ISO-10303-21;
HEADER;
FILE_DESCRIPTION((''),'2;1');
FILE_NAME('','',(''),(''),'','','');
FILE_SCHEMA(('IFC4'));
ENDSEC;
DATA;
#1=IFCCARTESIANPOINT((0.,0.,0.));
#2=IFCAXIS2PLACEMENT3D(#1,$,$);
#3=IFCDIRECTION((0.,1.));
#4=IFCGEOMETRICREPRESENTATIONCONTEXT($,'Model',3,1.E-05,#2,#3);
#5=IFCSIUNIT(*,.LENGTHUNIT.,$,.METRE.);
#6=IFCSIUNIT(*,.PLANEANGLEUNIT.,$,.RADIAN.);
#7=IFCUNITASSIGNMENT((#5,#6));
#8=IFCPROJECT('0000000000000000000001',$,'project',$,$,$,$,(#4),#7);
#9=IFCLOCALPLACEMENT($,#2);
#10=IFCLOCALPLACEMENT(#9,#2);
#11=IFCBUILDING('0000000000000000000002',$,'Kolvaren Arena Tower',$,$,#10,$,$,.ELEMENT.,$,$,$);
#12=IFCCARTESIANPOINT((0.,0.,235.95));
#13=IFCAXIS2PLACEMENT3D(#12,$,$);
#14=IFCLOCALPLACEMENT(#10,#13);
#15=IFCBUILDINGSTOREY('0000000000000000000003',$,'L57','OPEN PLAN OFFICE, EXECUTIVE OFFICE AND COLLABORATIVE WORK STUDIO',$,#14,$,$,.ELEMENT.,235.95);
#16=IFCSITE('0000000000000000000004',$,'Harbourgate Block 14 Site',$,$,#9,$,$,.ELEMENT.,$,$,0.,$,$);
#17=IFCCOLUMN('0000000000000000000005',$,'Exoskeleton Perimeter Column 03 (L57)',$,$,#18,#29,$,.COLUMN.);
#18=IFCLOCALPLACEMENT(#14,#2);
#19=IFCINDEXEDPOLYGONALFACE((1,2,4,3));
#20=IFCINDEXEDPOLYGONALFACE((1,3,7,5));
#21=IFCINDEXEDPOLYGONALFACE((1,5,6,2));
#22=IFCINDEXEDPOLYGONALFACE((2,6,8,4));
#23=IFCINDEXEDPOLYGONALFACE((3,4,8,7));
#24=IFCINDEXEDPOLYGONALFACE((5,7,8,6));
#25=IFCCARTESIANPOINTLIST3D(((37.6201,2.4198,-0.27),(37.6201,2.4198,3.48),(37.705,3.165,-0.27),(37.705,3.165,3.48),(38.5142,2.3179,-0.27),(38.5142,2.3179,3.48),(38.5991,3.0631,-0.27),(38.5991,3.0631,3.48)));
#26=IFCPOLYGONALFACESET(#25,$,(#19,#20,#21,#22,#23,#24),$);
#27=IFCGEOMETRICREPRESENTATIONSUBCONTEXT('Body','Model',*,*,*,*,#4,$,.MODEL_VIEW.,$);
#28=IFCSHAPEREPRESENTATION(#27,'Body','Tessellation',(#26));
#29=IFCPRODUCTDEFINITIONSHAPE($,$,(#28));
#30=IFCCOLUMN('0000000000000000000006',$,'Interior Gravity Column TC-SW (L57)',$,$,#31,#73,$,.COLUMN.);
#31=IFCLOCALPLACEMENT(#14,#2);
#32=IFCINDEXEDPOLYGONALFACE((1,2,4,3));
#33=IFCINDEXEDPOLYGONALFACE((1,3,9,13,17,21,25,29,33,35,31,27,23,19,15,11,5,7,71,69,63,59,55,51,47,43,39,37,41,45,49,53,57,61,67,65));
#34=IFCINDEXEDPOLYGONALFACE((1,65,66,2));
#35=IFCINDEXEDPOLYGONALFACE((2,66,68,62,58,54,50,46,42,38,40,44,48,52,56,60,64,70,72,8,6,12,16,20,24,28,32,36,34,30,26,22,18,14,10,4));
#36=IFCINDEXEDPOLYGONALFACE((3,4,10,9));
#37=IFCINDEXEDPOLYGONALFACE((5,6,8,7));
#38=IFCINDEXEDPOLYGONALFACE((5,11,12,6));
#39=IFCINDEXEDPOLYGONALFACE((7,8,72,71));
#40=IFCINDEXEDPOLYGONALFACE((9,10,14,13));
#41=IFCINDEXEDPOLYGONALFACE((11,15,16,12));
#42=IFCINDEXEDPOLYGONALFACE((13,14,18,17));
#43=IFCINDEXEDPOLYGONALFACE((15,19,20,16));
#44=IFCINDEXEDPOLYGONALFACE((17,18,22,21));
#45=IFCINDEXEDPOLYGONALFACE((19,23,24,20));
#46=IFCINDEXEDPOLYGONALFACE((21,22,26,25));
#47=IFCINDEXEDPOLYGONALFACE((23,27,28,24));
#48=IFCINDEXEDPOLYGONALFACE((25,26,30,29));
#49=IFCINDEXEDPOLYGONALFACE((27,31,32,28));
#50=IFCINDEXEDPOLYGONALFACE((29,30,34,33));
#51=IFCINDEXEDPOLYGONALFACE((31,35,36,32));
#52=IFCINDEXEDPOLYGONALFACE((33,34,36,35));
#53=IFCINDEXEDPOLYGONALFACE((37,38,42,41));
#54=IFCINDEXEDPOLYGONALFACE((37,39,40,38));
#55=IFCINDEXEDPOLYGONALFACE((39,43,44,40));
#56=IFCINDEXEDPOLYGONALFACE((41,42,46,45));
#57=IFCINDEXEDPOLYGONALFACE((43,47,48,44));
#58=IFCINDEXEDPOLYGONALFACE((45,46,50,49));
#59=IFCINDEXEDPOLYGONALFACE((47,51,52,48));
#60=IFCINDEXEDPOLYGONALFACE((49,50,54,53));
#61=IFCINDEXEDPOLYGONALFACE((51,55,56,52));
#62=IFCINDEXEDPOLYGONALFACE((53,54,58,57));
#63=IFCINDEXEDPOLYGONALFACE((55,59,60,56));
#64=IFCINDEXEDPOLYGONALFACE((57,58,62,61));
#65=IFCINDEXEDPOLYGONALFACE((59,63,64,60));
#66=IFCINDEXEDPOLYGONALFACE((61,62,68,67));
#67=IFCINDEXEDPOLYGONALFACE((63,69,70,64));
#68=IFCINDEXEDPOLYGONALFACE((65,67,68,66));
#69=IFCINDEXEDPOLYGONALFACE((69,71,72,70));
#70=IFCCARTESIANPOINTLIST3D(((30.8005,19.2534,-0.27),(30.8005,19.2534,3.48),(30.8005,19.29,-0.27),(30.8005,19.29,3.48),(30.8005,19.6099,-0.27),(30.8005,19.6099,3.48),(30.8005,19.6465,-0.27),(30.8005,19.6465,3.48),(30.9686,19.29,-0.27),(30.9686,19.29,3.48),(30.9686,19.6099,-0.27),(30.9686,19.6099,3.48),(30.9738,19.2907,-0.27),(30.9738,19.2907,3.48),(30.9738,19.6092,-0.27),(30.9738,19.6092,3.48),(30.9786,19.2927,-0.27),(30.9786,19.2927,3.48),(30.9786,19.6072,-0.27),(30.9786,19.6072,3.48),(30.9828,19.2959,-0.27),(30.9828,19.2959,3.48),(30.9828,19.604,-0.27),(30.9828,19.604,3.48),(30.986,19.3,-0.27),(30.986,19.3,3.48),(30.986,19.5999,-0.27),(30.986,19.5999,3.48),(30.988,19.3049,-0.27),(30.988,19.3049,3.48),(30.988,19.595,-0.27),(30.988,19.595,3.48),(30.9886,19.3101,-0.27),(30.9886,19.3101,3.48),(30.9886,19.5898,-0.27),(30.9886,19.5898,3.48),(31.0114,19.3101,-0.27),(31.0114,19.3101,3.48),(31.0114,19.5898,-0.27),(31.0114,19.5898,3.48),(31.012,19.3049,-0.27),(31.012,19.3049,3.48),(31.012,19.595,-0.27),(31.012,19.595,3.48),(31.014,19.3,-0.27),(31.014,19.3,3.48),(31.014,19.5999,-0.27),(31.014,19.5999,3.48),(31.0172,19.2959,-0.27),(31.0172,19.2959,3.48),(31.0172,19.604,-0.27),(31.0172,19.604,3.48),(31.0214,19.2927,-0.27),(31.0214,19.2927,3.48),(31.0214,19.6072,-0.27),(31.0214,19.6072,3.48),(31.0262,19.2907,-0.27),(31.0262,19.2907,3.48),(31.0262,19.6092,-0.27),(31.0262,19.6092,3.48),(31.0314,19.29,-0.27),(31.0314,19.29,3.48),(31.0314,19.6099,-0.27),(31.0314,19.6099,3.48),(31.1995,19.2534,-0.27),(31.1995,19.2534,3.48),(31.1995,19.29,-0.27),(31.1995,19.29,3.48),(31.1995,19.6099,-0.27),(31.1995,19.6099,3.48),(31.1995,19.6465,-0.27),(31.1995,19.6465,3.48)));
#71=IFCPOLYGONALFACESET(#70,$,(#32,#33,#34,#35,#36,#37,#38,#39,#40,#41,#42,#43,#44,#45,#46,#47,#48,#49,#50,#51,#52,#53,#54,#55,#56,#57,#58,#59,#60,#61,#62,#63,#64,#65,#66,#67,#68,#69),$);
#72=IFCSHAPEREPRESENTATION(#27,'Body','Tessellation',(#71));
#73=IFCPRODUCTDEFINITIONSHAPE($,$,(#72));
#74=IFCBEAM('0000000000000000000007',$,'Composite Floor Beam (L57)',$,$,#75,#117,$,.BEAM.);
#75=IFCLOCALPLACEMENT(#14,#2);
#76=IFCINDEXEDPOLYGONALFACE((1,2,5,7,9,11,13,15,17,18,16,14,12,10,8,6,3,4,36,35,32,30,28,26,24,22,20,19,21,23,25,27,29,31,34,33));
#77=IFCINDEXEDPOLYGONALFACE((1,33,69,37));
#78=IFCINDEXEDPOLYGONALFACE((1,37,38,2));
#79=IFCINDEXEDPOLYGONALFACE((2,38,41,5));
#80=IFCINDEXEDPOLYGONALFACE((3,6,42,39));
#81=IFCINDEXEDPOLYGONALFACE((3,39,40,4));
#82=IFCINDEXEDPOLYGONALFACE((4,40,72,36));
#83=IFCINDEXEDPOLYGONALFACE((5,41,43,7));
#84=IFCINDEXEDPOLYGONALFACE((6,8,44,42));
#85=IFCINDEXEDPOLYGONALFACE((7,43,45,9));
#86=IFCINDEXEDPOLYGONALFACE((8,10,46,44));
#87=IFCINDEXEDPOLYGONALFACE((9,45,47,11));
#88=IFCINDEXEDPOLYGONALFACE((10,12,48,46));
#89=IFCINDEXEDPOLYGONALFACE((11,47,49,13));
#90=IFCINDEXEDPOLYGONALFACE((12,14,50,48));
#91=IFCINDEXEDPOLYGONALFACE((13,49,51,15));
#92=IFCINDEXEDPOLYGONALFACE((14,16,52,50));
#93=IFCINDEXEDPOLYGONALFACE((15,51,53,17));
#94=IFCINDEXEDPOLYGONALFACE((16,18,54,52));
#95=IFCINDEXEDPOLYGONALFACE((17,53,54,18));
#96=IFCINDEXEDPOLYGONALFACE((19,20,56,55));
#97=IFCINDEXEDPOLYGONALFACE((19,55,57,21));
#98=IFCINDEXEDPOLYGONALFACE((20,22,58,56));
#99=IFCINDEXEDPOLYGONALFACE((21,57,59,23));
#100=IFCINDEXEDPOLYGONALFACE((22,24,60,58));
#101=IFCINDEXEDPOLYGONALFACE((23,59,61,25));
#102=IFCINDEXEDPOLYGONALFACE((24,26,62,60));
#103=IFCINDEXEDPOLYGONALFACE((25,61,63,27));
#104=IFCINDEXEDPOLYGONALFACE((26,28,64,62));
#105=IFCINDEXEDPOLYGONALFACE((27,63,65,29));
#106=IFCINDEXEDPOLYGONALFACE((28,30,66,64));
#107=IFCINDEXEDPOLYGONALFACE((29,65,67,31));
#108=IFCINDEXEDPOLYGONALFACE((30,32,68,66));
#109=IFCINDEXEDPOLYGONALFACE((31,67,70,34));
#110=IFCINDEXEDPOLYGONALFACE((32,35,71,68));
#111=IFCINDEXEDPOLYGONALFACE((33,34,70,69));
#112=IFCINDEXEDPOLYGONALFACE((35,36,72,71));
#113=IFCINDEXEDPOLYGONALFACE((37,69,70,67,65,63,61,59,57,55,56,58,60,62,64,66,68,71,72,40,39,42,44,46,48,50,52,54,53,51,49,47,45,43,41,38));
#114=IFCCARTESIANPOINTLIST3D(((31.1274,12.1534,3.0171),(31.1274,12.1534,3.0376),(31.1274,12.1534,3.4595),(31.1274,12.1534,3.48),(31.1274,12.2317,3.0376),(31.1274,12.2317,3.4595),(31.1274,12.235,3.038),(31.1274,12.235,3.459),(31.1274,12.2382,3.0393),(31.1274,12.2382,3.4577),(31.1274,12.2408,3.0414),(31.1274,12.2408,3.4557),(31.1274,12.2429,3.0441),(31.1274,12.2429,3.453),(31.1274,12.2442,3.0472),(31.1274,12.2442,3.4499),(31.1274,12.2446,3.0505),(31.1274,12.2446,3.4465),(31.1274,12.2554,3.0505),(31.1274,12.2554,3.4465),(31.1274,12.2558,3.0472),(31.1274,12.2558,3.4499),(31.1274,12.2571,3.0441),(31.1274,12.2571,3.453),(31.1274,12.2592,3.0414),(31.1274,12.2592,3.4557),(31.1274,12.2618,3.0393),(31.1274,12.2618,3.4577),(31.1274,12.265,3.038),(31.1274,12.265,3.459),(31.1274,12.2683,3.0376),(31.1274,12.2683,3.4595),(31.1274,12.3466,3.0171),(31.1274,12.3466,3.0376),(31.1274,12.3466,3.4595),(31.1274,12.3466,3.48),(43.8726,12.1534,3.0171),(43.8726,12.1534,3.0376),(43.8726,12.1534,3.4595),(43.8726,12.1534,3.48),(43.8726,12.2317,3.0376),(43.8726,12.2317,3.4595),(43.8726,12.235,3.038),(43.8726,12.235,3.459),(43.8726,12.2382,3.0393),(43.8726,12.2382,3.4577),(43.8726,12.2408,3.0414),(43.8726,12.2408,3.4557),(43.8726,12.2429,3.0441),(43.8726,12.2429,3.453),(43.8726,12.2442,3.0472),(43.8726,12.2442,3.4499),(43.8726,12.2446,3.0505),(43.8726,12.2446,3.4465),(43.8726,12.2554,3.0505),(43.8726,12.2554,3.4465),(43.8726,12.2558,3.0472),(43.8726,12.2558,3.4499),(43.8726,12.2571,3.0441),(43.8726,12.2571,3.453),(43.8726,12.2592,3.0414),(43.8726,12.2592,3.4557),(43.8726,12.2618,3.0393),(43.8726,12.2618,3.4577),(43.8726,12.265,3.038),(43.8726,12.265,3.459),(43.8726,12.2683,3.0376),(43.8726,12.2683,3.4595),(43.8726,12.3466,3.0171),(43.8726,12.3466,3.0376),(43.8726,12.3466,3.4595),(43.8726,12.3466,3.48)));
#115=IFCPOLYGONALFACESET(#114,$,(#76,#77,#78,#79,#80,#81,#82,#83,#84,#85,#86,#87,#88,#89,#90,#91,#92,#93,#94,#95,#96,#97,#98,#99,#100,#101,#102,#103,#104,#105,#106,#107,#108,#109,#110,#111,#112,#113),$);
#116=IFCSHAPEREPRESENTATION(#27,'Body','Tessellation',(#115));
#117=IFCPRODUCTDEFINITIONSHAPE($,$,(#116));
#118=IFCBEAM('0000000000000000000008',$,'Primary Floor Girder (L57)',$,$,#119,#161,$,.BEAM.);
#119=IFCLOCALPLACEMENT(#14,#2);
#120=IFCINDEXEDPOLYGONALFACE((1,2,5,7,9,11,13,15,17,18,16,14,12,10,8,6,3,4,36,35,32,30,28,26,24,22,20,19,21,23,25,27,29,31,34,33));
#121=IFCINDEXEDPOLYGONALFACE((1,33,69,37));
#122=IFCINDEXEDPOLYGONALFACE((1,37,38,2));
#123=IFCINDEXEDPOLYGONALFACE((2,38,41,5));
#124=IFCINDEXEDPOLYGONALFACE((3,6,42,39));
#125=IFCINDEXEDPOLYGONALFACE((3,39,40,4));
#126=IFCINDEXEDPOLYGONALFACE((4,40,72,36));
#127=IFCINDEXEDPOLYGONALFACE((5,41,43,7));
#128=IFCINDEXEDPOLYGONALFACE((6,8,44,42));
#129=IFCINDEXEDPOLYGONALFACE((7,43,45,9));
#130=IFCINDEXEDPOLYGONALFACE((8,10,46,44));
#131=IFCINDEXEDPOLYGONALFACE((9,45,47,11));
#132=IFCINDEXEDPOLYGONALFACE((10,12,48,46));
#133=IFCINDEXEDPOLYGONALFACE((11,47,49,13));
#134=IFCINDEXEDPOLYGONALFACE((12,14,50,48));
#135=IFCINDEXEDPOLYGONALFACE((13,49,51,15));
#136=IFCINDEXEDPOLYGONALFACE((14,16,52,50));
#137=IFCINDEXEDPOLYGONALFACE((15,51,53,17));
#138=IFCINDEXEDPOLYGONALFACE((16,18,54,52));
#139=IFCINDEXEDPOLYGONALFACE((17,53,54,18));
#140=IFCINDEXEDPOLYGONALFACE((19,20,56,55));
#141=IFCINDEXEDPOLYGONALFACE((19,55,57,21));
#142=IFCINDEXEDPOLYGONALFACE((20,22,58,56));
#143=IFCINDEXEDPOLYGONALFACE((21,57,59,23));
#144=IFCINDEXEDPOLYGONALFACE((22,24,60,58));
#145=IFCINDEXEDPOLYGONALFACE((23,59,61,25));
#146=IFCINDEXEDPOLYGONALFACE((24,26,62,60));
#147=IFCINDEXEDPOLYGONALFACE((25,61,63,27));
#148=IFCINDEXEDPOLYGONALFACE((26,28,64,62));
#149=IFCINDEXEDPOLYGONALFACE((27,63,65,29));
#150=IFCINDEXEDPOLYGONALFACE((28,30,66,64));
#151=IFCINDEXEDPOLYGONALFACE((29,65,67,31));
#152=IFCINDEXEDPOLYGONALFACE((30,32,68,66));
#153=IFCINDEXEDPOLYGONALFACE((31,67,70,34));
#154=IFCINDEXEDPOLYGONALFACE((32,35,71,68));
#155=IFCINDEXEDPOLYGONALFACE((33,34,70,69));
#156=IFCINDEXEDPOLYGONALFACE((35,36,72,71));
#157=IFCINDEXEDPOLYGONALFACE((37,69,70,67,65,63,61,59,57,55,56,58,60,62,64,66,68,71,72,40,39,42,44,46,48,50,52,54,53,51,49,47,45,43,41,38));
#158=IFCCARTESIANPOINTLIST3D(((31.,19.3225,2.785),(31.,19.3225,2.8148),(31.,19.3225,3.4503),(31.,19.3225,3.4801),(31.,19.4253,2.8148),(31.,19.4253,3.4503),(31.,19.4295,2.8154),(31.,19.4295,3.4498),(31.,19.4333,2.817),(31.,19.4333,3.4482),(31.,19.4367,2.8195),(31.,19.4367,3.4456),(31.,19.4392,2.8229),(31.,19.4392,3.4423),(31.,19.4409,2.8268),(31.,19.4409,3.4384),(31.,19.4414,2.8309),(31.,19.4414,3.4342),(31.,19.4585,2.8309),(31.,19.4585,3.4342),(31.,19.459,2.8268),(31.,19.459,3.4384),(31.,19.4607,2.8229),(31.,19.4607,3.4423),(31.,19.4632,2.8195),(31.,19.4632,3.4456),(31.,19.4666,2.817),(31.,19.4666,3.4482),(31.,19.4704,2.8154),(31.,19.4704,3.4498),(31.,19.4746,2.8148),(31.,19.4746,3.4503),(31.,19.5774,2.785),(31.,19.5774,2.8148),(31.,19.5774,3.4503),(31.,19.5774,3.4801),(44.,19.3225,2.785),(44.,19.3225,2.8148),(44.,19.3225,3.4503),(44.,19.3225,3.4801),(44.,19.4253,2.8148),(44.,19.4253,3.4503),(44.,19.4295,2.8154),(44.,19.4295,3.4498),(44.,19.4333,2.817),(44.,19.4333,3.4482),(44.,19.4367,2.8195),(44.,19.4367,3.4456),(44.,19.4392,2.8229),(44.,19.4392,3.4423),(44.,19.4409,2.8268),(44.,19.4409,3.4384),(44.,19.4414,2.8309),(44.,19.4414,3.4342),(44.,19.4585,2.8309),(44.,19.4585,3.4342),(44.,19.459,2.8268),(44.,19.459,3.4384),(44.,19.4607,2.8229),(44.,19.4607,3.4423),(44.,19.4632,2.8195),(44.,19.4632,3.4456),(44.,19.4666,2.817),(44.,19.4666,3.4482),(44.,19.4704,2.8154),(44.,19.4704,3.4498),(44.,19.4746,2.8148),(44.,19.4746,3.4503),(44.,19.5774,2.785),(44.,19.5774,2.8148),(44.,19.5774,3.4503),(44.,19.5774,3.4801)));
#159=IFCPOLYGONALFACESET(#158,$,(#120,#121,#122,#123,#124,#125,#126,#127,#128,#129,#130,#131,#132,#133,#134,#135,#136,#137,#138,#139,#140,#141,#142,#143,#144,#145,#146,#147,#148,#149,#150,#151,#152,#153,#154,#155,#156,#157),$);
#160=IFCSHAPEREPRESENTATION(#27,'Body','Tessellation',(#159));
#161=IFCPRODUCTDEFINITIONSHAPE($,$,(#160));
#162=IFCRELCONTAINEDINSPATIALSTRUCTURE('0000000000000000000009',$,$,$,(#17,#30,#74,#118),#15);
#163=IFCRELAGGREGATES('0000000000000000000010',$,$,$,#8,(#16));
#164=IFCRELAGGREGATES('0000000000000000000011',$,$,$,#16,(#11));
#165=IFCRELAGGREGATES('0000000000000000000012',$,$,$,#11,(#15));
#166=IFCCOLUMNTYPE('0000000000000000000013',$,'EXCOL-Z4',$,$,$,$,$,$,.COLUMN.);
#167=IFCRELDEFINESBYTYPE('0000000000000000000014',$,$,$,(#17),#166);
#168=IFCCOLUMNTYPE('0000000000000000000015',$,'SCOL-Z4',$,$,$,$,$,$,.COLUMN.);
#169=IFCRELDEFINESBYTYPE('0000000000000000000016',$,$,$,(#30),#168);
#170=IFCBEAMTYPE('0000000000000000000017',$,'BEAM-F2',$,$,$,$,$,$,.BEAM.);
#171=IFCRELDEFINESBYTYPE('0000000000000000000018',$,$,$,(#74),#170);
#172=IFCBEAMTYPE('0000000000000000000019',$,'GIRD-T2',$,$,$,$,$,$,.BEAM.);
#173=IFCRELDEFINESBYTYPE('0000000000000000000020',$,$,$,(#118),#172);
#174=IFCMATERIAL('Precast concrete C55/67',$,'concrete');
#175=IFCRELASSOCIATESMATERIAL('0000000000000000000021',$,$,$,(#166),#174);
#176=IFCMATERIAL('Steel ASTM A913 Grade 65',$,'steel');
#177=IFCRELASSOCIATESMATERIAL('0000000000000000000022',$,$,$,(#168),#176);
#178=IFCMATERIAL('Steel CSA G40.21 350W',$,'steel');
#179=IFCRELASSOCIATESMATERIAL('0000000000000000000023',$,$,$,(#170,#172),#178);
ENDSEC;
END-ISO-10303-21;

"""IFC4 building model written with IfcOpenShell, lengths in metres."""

from ifc_helpers import new_model, si_unit, direction, frame, origin, origin_2d, place, context, subcontext, project, spatial, rectangle, i_section, extrude, material, material_profile, profile_set, type_object, element, save


model = new_model("IFC4")

# Units and contexts
model_context = context("Model", 3, precision=1e-05, world=origin(), true_north=direction((0.0, 1.0)))
body_context = subcontext(model_context, "Body", "Model", "MODEL_VIEW")
ifc_project = project(units=[si_unit("LENGTHUNIT", "METRE"), si_unit("PLANEANGLEUNIT", "RADIAN")], contexts=[model_context])

# Site, building, storey
site_placement = place(None, origin())
site = spatial("IfcSite", under=ifc_project, at=site_placement, Name="Harbourgate Block 14 Site", CompositionType="ELEMENT", RefElevation=0.0)
building_placement = place(site_placement, origin())
building = spatial("IfcBuilding", under=site, at=building_placement, Name="Kolvaren Arena Tower", CompositionType="ELEMENT")
storey_placement = place(building_placement, frame((0.0, 0.0, 235.95)))
storey = spatial("IfcBuildingStorey", under=building, at=storey_placement, Name="L57", Description="OPEN PLAN OFFICE, EXECUTIVE OFFICE AND COLLABORATIVE WORK STUDIO", CompositionType="ELEMENT", Elevation=235.95)

# Columns
ifc_material_1 = material(Name="Precast concrete C55/67", Category="concrete")
ifc_material_profile_1 = material_profile(ifc_material_1, rectangle(XDim=0.8999, YDim=0.75, at=origin_2d()), Name="RC-900x750")
ifc_profile_set_1 = profile_set([ifc_material_profile_1], Name="Precast concrete C55/67")
column_type_1 = type_object("IfcColumnType", Name="EXCOL-Z4", PredefinedType="COLUMN", material=ifc_profile_set_1)
column_1_placement = place(storey_placement, frame((38.1096, 2.7415, -0.27), z_axis=(0.0, 0.0, 1.0), x_axis=(0.993572, -0.113203, 0.0)))
element("IfcColumn", 1, at=column_1_placement, inside=storey, type_object=column_type_1, Name="Exoskeleton Perimeter Column 03 (L57)", PredefinedType="COLUMN", context=body_context, shape_type="SweptSolid", body=[
    extrude(rectangle(XDim=0.8999, YDim=0.75, at=origin_2d()), origin(), (0.0, 0.0, 1.0), 3.75),
])
ifc_material_2 = material(Name="Steel ASTM A913 Grade 65", Category="steel")
ifc_material_profile_2 = material_profile(ifc_material_2, i_section(OverallWidth=0.3989, OverallDepth=0.3931, WebThickness=0.0227, FlangeThickness=0.0366, FilletRadius=0.02, at=origin_2d()), Name="W360x287")
ifc_profile_set_2 = profile_set([ifc_material_profile_2], Name="Steel ASTM A913 Grade 65")
column_type_2 = type_object("IfcColumnType", Name="SCOL-Z4", PredefinedType="COLUMN", material=ifc_profile_set_2)
column_2_placement = place(storey_placement, frame((31.0, 19.45, -0.27), z_axis=(0.0, 0.0, 1.0), x_axis=(1.0, 0.0, 0.0)))
element("IfcColumn", 2, at=column_2_placement, inside=storey, type_object=column_type_2, Name="Interior Gravity Column TC-SW (L57)", PredefinedType="COLUMN", context=body_context, shape_type="SweptSolid", body=[
    extrude(i_section(OverallWidth=0.3989, OverallDepth=0.3931, WebThickness=0.0227, FlangeThickness=0.0366, FilletRadius=0.02, at=origin_2d()), origin(), (0.0, 0.0, 1.0), 3.75),
])

# Beams
ifc_material_3 = material(Name="Steel CSA G40.21 350W", Category="steel")
ifc_material_profile_3 = material_profile(ifc_material_3, i_section(OverallWidth=0.1931, OverallDepth=0.4629, WebThickness=0.0107, FlangeThickness=0.0205, FilletRadius=0.0129, at=origin_2d()), Name="W460x113")
ifc_profile_set_3 = profile_set([ifc_material_profile_3], Name="Steel CSA G40.21 350W")
beam_type_1 = type_object("IfcBeamType", Name="BEAM-F2", PredefinedType="BEAM", material=ifc_profile_set_3)
beam_1_placement = place(storey_placement, frame((31.1274, 12.25, 3.2485), z_axis=(1.0, 0.0, 0.0), x_axis=(0.0, 1.0, 0.0)))
element("IfcBeam", 3, at=beam_1_placement, inside=storey, type_object=beam_type_1, Name="Composite Floor Beam (L57)", PredefinedType="BEAM", context=body_context, shape_type="SweptSolid", body=[
    extrude(i_section(OverallWidth=0.1931, OverallDepth=0.4629, WebThickness=0.0107, FlangeThickness=0.0205, FilletRadius=0.0129, at=origin_2d()), origin(), (0.0, 0.0, 1.0), 12.7451),
])
ifc_material_profile_4 = material_profile(ifc_material_3, i_section(OverallWidth=0.2549, OverallDepth=0.6951, WebThickness=0.0171, FlangeThickness=0.0298, FilletRadius=0.0161, at=origin_2d()), Name="W690x217")
ifc_profile_set_4 = profile_set([ifc_material_profile_4], Name="Steel CSA G40.21 350W")
beam_type_2 = type_object("IfcBeamType", Name="GIRD-T2", PredefinedType="BEAM", material=ifc_profile_set_4)
beam_2_placement = place(storey_placement, frame((31.0, 19.45, 3.1326), z_axis=(1.0, 0.0, 0.0), x_axis=(0.0, 1.0, 0.0)))
element("IfcBeam", 4, at=beam_2_placement, inside=storey, type_object=beam_type_2, Name="Primary Floor Girder (L57)", PredefinedType="BEAM", context=body_context, shape_type="SweptSolid", body=[
    extrude(i_section(OverallWidth=0.2549, OverallDepth=0.6951, WebThickness=0.0171, FlangeThickness=0.0298, FilletRadius=0.0161, at=origin_2d()), origin(), (0.0, 0.0, 1.0), 13.0),
])

save(model, "model.ifc")
